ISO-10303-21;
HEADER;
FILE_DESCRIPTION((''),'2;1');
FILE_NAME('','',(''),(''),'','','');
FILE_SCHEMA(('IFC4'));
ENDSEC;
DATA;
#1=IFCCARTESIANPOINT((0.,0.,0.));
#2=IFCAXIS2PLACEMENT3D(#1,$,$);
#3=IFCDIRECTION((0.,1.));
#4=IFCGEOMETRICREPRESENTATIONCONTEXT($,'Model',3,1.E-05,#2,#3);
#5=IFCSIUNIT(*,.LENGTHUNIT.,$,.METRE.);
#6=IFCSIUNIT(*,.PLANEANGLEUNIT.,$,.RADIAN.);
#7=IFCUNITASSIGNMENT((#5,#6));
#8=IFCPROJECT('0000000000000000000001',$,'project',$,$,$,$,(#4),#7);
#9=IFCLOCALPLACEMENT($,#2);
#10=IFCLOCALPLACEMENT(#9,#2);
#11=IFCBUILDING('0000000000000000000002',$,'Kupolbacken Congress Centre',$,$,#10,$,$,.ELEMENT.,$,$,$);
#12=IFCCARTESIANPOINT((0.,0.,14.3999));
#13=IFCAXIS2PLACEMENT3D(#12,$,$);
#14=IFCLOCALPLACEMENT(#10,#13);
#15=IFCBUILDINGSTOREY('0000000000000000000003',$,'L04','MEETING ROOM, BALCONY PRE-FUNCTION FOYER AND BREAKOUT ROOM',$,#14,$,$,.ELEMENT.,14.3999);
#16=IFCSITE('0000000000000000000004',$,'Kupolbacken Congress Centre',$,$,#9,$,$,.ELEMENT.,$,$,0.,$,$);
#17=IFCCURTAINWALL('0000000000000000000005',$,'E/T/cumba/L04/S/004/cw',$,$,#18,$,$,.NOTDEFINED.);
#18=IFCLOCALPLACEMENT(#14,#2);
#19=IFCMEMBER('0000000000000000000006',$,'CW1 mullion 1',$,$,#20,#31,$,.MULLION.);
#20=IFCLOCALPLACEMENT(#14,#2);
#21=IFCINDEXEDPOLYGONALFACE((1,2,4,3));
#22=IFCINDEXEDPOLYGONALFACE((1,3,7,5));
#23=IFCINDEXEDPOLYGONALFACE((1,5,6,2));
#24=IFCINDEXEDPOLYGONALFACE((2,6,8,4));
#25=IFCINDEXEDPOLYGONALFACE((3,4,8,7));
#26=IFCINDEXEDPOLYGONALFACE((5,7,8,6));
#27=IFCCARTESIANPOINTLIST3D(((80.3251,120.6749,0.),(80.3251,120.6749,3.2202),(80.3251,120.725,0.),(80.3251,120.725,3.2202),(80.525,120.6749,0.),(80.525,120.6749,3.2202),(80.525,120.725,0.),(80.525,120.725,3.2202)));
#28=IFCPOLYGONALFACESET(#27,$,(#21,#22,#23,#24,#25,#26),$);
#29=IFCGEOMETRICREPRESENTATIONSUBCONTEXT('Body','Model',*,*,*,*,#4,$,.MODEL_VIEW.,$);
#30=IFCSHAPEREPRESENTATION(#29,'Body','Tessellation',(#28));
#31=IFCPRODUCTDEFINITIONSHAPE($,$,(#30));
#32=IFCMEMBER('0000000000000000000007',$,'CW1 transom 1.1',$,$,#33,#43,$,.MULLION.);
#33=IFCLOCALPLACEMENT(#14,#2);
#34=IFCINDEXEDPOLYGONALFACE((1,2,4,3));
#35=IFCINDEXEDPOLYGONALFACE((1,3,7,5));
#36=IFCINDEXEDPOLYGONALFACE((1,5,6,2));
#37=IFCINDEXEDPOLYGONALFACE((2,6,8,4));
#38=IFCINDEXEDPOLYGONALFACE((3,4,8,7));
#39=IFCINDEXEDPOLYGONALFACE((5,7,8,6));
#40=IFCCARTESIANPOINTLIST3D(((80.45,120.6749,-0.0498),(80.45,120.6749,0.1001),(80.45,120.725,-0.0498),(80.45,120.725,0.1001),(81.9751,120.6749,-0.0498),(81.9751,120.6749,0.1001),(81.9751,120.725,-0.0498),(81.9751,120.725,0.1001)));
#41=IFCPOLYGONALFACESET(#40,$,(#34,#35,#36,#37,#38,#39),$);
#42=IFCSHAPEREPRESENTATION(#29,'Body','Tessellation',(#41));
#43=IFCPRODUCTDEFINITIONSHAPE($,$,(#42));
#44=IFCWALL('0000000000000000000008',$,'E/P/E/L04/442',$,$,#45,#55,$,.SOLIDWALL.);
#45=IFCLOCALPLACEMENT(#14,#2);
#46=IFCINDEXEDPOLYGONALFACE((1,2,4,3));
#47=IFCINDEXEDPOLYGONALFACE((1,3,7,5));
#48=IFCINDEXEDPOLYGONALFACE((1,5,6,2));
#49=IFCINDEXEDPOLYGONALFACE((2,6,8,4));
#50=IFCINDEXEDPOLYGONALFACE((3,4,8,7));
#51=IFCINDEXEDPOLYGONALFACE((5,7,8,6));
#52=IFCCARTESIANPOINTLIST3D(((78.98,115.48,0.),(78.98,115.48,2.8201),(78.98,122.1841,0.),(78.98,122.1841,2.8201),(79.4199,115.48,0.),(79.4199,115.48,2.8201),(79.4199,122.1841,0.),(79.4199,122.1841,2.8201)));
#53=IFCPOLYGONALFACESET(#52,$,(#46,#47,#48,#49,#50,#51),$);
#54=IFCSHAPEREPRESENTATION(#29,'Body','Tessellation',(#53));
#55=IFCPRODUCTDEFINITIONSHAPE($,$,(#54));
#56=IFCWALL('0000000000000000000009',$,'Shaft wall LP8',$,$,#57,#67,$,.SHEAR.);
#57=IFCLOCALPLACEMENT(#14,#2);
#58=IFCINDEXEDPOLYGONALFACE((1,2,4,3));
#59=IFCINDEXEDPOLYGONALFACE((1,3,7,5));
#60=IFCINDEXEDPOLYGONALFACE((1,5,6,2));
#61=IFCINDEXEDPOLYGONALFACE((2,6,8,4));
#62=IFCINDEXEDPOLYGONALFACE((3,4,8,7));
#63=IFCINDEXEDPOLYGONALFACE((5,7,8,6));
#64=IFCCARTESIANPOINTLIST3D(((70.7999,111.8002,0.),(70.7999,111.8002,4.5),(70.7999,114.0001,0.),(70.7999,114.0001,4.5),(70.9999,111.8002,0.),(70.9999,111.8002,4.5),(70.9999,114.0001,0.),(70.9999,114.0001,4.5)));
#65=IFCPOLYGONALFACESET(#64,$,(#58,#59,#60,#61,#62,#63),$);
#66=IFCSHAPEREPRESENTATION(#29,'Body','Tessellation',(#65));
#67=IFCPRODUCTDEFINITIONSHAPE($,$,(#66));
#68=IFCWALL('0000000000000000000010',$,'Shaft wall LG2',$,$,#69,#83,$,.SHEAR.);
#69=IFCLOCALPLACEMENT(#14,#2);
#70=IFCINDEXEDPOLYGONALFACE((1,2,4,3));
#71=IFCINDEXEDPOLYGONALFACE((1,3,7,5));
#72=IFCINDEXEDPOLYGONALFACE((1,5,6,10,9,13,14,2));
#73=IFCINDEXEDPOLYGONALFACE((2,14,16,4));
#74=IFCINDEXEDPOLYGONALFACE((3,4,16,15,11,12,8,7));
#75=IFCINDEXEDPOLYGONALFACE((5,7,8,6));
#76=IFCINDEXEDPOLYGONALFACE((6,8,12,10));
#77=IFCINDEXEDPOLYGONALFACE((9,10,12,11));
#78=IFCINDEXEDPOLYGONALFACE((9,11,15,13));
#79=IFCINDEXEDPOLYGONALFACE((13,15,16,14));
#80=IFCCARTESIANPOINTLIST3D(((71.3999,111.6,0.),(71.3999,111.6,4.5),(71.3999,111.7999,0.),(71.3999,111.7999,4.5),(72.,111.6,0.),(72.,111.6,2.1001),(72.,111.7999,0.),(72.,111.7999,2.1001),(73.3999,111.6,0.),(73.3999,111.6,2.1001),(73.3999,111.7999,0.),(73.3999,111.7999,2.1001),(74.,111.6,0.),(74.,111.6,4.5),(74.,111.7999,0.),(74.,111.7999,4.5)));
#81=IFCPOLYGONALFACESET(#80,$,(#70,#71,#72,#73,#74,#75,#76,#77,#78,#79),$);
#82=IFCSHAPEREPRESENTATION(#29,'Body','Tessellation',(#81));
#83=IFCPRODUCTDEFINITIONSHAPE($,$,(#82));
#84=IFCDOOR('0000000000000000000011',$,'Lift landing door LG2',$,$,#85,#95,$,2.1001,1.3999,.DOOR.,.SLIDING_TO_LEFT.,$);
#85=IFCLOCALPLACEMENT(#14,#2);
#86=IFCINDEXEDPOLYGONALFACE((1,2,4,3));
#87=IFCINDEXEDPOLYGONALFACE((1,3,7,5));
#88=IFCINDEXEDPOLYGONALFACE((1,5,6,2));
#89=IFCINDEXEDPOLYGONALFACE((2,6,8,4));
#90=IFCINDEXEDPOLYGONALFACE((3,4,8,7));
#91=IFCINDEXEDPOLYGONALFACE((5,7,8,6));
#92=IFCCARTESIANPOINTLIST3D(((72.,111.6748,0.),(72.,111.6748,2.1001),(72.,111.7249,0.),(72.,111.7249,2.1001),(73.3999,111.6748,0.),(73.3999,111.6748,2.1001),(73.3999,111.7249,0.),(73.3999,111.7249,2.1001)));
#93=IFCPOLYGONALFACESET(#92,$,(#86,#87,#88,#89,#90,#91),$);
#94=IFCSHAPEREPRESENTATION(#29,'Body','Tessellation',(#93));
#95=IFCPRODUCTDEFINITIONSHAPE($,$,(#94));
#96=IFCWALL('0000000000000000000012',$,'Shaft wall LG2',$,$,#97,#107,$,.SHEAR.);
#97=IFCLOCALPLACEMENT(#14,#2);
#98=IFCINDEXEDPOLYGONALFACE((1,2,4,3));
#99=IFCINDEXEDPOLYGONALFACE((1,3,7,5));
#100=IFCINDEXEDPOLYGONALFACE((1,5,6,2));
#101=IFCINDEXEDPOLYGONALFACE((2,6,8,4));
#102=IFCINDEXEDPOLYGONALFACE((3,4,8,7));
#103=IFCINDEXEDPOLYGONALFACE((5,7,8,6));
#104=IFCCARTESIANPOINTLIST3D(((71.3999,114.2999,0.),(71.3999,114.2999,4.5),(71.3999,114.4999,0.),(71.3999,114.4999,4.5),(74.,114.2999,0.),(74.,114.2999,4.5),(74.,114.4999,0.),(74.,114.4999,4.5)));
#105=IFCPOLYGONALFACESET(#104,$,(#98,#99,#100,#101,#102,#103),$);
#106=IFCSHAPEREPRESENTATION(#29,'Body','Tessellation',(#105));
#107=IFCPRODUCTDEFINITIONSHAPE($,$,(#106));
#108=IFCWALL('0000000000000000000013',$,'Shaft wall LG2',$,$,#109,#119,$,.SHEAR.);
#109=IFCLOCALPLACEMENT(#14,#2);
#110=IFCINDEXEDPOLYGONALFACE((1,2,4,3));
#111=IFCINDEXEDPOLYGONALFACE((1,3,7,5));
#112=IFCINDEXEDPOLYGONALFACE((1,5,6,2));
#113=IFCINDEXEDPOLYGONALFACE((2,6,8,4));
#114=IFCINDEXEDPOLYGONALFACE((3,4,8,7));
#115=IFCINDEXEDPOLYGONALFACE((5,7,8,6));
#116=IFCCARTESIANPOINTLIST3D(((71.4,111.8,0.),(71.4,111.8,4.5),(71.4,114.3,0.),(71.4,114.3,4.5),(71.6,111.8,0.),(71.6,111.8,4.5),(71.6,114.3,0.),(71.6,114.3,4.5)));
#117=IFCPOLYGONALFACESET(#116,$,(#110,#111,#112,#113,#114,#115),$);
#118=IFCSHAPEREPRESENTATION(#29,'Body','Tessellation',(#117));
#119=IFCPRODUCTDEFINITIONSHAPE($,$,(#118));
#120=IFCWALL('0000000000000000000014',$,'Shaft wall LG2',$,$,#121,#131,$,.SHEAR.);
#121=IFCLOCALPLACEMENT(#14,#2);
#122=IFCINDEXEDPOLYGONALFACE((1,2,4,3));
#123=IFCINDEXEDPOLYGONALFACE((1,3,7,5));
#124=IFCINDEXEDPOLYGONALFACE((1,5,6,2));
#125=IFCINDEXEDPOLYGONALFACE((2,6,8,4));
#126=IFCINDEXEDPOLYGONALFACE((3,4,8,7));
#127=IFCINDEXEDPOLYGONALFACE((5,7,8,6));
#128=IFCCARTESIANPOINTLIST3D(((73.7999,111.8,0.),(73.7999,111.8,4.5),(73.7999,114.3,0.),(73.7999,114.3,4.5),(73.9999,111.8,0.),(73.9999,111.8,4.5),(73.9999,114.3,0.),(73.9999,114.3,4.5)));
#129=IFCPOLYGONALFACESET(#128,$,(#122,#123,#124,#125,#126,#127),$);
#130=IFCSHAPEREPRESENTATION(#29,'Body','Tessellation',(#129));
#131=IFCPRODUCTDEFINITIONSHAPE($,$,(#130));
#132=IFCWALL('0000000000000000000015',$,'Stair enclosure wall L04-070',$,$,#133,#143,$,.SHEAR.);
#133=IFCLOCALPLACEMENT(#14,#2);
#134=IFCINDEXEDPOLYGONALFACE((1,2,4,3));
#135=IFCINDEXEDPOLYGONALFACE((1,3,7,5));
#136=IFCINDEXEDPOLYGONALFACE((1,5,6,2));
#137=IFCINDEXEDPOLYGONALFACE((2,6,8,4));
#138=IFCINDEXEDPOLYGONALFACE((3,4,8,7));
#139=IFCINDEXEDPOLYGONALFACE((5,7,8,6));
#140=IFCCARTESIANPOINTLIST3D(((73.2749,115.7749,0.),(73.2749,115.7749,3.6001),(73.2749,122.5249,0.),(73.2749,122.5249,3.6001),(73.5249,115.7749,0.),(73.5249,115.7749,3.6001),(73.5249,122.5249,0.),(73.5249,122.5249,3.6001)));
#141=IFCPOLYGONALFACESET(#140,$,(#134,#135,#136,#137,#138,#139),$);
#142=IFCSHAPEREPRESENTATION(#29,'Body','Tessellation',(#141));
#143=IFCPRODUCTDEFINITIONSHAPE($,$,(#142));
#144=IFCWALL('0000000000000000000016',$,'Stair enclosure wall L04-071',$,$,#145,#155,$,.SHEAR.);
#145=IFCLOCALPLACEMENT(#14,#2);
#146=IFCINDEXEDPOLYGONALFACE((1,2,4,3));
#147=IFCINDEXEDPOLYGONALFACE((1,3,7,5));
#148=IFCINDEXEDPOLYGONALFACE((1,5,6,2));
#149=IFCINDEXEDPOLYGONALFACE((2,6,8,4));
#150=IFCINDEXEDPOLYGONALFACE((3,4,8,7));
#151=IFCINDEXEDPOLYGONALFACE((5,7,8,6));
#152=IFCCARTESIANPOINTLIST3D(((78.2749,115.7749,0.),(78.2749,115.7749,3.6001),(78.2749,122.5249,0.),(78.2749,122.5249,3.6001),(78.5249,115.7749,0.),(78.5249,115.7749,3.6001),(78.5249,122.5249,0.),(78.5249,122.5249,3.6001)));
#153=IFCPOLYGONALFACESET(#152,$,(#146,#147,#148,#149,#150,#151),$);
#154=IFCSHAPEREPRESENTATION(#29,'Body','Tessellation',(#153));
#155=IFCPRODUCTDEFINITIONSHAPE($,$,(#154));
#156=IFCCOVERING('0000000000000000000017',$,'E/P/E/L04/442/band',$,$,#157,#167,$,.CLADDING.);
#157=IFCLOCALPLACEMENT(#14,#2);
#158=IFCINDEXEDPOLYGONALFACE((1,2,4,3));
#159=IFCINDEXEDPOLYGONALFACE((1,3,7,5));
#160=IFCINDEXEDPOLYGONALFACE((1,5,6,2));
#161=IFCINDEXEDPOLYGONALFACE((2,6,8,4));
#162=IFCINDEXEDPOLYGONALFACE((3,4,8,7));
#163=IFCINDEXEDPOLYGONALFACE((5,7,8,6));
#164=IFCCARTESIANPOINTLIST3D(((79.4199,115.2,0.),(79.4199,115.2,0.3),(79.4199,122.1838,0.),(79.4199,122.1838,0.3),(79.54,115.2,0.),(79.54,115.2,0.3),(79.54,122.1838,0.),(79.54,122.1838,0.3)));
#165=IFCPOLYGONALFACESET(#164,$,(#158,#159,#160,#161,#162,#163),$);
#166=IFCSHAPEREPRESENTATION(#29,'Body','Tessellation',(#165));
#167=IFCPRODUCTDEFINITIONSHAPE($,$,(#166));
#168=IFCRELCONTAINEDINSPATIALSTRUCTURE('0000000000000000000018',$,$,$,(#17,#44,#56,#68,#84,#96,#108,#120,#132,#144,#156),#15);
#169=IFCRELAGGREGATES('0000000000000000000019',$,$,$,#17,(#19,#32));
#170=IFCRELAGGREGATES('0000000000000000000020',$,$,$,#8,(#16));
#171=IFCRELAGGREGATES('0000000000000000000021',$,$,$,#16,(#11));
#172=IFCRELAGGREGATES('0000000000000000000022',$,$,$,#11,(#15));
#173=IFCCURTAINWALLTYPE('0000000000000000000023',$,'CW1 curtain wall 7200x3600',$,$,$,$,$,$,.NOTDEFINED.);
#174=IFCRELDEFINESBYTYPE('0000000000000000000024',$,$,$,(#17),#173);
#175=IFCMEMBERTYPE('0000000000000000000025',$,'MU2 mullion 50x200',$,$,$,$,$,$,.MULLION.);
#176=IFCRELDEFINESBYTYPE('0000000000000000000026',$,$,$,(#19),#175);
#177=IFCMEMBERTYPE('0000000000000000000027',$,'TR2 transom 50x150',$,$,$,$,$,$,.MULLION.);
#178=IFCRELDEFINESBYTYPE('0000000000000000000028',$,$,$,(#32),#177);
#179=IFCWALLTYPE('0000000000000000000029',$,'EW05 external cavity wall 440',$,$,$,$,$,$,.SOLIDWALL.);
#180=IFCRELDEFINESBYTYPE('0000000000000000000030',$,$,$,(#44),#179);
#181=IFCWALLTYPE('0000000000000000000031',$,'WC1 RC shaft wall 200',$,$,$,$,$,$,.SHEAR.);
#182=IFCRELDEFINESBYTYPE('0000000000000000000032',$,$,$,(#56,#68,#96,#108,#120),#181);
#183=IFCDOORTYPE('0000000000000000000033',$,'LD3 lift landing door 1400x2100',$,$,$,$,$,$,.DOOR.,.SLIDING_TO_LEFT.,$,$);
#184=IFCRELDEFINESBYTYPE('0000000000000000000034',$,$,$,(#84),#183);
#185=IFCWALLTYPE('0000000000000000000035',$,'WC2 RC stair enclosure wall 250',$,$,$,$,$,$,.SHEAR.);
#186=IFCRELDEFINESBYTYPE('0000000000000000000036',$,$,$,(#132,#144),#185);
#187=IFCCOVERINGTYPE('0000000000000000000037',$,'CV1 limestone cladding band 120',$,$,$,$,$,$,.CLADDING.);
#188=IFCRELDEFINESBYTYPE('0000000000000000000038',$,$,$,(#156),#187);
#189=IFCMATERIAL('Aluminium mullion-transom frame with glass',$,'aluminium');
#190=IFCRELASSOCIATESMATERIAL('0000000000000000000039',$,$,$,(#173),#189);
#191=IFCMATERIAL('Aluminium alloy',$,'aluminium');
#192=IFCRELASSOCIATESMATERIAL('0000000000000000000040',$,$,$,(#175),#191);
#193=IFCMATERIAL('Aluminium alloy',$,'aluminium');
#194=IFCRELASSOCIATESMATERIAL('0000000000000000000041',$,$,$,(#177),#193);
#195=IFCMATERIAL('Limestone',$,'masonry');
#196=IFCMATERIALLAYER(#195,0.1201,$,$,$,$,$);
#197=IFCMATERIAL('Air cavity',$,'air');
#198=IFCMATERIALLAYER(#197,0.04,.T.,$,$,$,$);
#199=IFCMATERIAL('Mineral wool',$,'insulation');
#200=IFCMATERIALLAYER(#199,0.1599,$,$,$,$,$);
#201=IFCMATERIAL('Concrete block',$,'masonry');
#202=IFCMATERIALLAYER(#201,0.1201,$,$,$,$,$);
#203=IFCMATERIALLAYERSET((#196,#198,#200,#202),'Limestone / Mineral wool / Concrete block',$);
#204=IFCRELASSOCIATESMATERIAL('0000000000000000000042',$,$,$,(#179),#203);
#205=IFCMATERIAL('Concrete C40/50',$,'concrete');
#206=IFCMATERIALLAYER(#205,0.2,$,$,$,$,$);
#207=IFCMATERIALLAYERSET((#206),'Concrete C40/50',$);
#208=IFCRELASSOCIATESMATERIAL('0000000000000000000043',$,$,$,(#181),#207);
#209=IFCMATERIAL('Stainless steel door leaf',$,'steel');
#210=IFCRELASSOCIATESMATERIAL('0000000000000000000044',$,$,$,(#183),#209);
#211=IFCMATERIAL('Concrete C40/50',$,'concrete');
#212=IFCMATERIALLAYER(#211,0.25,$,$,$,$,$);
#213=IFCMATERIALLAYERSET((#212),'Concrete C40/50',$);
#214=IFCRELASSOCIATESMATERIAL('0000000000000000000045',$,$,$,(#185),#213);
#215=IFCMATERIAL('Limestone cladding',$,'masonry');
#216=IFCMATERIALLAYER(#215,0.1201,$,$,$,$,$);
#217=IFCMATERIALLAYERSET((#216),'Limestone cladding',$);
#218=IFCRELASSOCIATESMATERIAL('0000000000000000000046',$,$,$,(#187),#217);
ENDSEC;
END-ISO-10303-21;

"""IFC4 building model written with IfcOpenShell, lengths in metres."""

from ifc_helpers import new_model, si_unit, direction, frame, frame_2d, origin, origin_2d, place, context, subcontext, project, spatial, rectangle, extrude, material, layer, layer_set, material_profile, profile_set, type_object, element, fill, aggregate, save


model = new_model("IFC4")

# Units and contexts
model_context = context("Model", 3, precision=1e-05, world=origin(), true_north=direction((0.0, 1.0)))
body_context = subcontext(model_context, "Body", "Model", "MODEL_VIEW")
ifc_project = project(units=[si_unit("LENGTHUNIT", "METRE"), si_unit("PLANEANGLEUNIT", "RADIAN")], contexts=[model_context])

# Site, building, storey
site_placement = place(None, origin())
site = spatial("IfcSite", under=ifc_project, at=site_placement, Name="Kupolbacken Congress Centre", CompositionType="ELEMENT", RefElevation=0.0)
building_placement = place(site_placement, origin())
building = spatial("IfcBuilding", under=site, at=building_placement, Name="Kupolbacken Congress Centre", CompositionType="ELEMENT")
storey_placement = place(building_placement, frame((0.0, 0.0, 14.3999)))
storey = spatial("IfcBuildingStorey", under=building, at=storey_placement, Name="L04", Description="MEETING ROOM, BALCONY PRE-FUNCTION FOYER AND BREAKOUT ROOM", CompositionType="ELEMENT", Elevation=14.3999)

# Curtain wall, members
ifc_material_1 = material(Name="Aluminium mullion-transom frame with glass", Category="aluminium")
curtain_wall_type = type_object("IfcCurtainWallType", Name="CW1 curtain wall 7200x3600", PredefinedType="NOTDEFINED", material=ifc_material_1)
curtain_wall_placement = place(storey_placement, origin())
curtain_wall = element("IfcCurtainWall", 1, at=curtain_wall_placement, inside=storey, type_object=curtain_wall_type, Name="E/T/cumba/L04/S/004/cw", PredefinedType="NOTDEFINED")
ifc_material_2 = material(Name="Aluminium alloy", Category="aluminium")
ifc_material_profile_1 = material_profile(ifc_material_2, rectangle(XDim=0.05, YDim=0.2, at=origin_2d()), Name="50 x 200")
ifc_profile_set_1 = profile_set([ifc_material_profile_1], Name="Aluminium alloy")
member_type_1 = type_object("IfcMemberType", Name="MU2 mullion 50x200", PredefinedType="MULLION", material=ifc_profile_set_1)
member_1_placement = place(storey_placement, frame((80.425, 120.7, 0.0), z_axis=(0.0, 0.0, 1.0), x_axis=(0.0, 1.0, 0.0)))
member_1 = element("IfcMember", 2, at=member_1_placement, type_object=member_type_1, Name="CW1 mullion 1", PredefinedType="MULLION", context=body_context, shape_type="SweptSolid", body=[
    extrude(rectangle(XDim=0.05, YDim=0.2, at=origin_2d()), origin(), (0.0, 0.0, 1.0), 3.2202),
])
ifc_material_3 = material(Name="Aluminium alloy", Category="aluminium")
ifc_material_profile_2 = material_profile(ifc_material_3, rectangle(XDim=0.05, YDim=0.1499, at=origin_2d()), Name="50 x 150")
ifc_profile_set_2 = profile_set([ifc_material_profile_2], Name="Aluminium alloy")
member_type_2 = type_object("IfcMemberType", Name="TR2 transom 50x150", PredefinedType="MULLION", material=ifc_profile_set_2)
member_2_placement = place(storey_placement, frame((80.45, 120.7, 0.0251), z_axis=(1.0, 0.0, 0.0), x_axis=(0.0, 1.0, 0.0)))
member_2 = element("IfcMember", 3, at=member_2_placement, type_object=member_type_2, Name="CW1 transom 1.1", PredefinedType="MULLION", context=body_context, shape_type="SweptSolid", body=[
    extrude(rectangle(XDim=0.05, YDim=0.1499, at=origin_2d()), origin(), (0.0, 0.0, 1.0), 1.5251),
])
aggregate(curtain_wall, [member_1, member_2])

# Walls
ifc_material_4 = material(Name="Limestone", Category="masonry")
ifc_layer_1 = layer(ifc_material_4, 0.1201)
ifc_material_5 = material(Name="Air cavity", Category="air")
ifc_layer_2 = layer(ifc_material_5, 0.04, ventilated=True)
ifc_material_6 = material(Name="Mineral wool", Category="insulation")
ifc_layer_3 = layer(ifc_material_6, 0.1599)
ifc_material_7 = material(Name="Concrete block", Category="masonry")
ifc_layer_4 = layer(ifc_material_7, 0.1201)
ifc_layer_set_1 = layer_set([ifc_layer_1, ifc_layer_2, ifc_layer_3, ifc_layer_4], Name="Limestone / Mineral wool / Concrete block")
wall_type_1 = type_object("IfcWallType", Name="EW05 external cavity wall 440", PredefinedType="SOLIDWALL", material=ifc_layer_set_1)
wall_1_placement = place(storey_placement, frame((79.2, 115.48, 0.0), z_axis=(0.0, 0.0, 1.0), x_axis=(0.0, 1.0, 0.0)))
element("IfcWall", 4, at=wall_1_placement, inside=storey, type_object=wall_type_1, Name="E/P/E/L04/442", PredefinedType="SOLIDWALL", context=body_context, shape_type="SweptSolid", body=[
    extrude(rectangle(XDim=6.7041, YDim=0.4399, at=frame_2d((3.3521, 0.0))), origin(), (0.0, 0.0, 1.0), 2.8201),
])
ifc_material_8 = material(Name="Concrete C40/50", Category="concrete")
ifc_layer_5 = layer(ifc_material_8, 0.2)
ifc_layer_set_2 = layer_set([ifc_layer_5], Name="Concrete C40/50")
wall_type_2 = type_object("IfcWallType", Name="WC1 RC shaft wall 200", PredefinedType="SHEAR", material=ifc_layer_set_2)
wall_2_placement = place(storey_placement, frame((70.8999, 111.8, 0.0), z_axis=(0.0, 0.0, 1.0), x_axis=(0.0, 1.0, 0.0)))
element("IfcWall", 5, at=wall_2_placement, inside=storey, type_object=wall_type_2, Name="Shaft wall LP8", PredefinedType="SHEAR", context=body_context, shape_type="SweptSolid", body=[
    extrude(rectangle(XDim=2.2, YDim=0.2, at=frame_2d((1.1001, 0.0))), origin(), (0.0, 0.0, 1.0), 4.5),
])

# Wall, opening, door
wall_3_placement = place(storey_placement, frame((71.3999, 111.7, 0.0), z_axis=(0.0, 0.0, 1.0), x_axis=(1.0, 0.0, 0.0)))
wall_3 = element("IfcWall", 6, at=wall_3_placement, inside=storey, type_object=wall_type_2, Name="Shaft wall LG2", PredefinedType="SHEAR", context=body_context, shape_type="SweptSolid", body=[
    extrude(rectangle(XDim=2.6001, YDim=0.2, at=frame_2d((1.3, 0.0))), origin(), (0.0, 0.0, 1.0), 4.5),
])
opening_1_placement = place(wall_3_placement, frame((0.6001, 0.0, 0.0)))
opening_1 = element("IfcOpeningElement", 7, at=opening_1_placement, cuts=wall_3, PredefinedType="OPENING", context=body_context, shape_type="SweptSolid", body=[
    extrude(rectangle(XDim=1.3999, YDim=2.1001, at=frame_2d((0.7, 1.05))), frame((0.0, 0.1099, 0.0), z_axis=(0.0, -1.0, 0.0), x_axis=(1.0, 0.0, 0.0)), (0.0, 0.0, 1.0), 0.22),
])
ifc_material_9 = material(Name="Stainless steel door leaf", Category="steel")
door_type_1 = type_object("IfcDoorType", Name="LD3 lift landing door 1400x2100", OperationType="SLIDING_TO_LEFT", PredefinedType="DOOR", material=ifc_material_9)
door_1_placement = place(opening_1_placement, origin())
door_1 = element("IfcDoor", 8, at=door_1_placement, inside=storey, type_object=door_type_1, Name="Lift landing door LG2", OperationType="SLIDING_TO_LEFT", OverallHeight=2.1001, OverallWidth=1.3999, PredefinedType="DOOR", context=body_context, shape_type="SweptSolid", body=[
    extrude(rectangle(XDim=1.3999, YDim=2.1001, at=frame_2d((0.7, 1.05))), frame((0.0, 0.0249, 0.0), z_axis=(0.0, -1.0, 0.0), x_axis=(1.0, 0.0, 0.0)), (0.0, 0.0, 1.0), 0.05),
])
fill(opening_1, door_1)

# Walls
wall_4_placement = place(storey_placement, frame((71.3999, 114.3999, 0.0), z_axis=(0.0, 0.0, 1.0), x_axis=(1.0, 0.0, 0.0)))
element("IfcWall", 9, at=wall_4_placement, inside=storey, type_object=wall_type_2, Name="Shaft wall LG2", PredefinedType="SHEAR", context=body_context, shape_type="SweptSolid", body=[
    extrude(rectangle(XDim=2.6001, YDim=0.2, at=frame_2d((1.3, 0.0))), origin(), (0.0, 0.0, 1.0), 4.5),
])
for number, where, z_axis, x_axis, name in (
    (10, (71.5, 111.8, 0.0), (0.0, 0.0, 1.0), (0.0, 1.0, 0.0), "Shaft wall LG2"),
    (11, (73.8999, 111.8, 0.0), (0.0, 0.0, 1.0), (0.0, 1.0, 0.0), "Shaft wall LG2"),
):
    element("IfcWall", number, at=place(storey_placement, frame(where, z_axis=z_axis, x_axis=x_axis)), inside=storey, type_object=wall_type_2, Name=name, PredefinedType="SHEAR", context=body_context, shape_type="SweptSolid", body=[
        extrude(rectangle(XDim=2.5, YDim=0.2, at=frame_2d((1.25, 0.0))), origin(), (0.0, 0.0, 1.0), 4.5),
    ])

# Shared definitions
ifc_material_10 = material(Name="Concrete C40/50", Category="concrete")
ifc_layer_6 = layer(ifc_material_10, 0.25)
ifc_layer_set_3 = layer_set([ifc_layer_6], Name="Concrete C40/50")
wall_type_3 = type_object("IfcWallType", Name="WC2 RC stair enclosure wall 250", PredefinedType="SHEAR", material=ifc_layer_set_3)

# Walls
for number, where, z_axis, x_axis, name in (
    (12, (73.3999, 115.7749, 0.0), (0.0, 0.0, 1.0), (0.0, 1.0, 0.0), "Stair enclosure wall L04-070"),
    (13, (78.3999, 115.7749, 0.0), (0.0, 0.0, 1.0), (0.0, 1.0, 0.0), "Stair enclosure wall L04-071"),
):
    element("IfcWall", number, at=place(storey_placement, frame(where, z_axis=z_axis, x_axis=x_axis)), inside=storey, type_object=wall_type_3, Name=name, PredefinedType="SHEAR", context=body_context, shape_type="SweptSolid", body=[
        extrude(rectangle(XDim=6.75, YDim=0.25, at=frame_2d((3.375, 0.0))), origin(), (0.0, 0.0, 1.0), 3.6001),
    ])

# Covering
ifc_material_11 = material(Name="Limestone cladding", Category="masonry")
ifc_layer_7 = layer(ifc_material_11, 0.1201)
ifc_layer_set_4 = layer_set([ifc_layer_7], Name="Limestone cladding")
covering_type = type_object("IfcCoveringType", Name="CV1 limestone cladding band 120", PredefinedType="CLADDING", material=ifc_layer_set_4)
covering_placement = place(storey_placement, frame((79.48, 118.6919, 0.0), z_axis=(0.0, 0.0, 1.0), x_axis=(0.0, 1.0, 0.0)))
element("IfcCovering", 14, at=covering_placement, inside=storey, type_object=covering_type, Name="E/P/E/L04/442/band", PredefinedType="CLADDING", context=body_context, shape_type="SweptSolid", body=[
    extrude(rectangle(XDim=6.9839, YDim=0.1201, at=origin_2d()), origin(), (0.0, 0.0, 1.0), 0.3),
])

save(model, "model.ifc")
